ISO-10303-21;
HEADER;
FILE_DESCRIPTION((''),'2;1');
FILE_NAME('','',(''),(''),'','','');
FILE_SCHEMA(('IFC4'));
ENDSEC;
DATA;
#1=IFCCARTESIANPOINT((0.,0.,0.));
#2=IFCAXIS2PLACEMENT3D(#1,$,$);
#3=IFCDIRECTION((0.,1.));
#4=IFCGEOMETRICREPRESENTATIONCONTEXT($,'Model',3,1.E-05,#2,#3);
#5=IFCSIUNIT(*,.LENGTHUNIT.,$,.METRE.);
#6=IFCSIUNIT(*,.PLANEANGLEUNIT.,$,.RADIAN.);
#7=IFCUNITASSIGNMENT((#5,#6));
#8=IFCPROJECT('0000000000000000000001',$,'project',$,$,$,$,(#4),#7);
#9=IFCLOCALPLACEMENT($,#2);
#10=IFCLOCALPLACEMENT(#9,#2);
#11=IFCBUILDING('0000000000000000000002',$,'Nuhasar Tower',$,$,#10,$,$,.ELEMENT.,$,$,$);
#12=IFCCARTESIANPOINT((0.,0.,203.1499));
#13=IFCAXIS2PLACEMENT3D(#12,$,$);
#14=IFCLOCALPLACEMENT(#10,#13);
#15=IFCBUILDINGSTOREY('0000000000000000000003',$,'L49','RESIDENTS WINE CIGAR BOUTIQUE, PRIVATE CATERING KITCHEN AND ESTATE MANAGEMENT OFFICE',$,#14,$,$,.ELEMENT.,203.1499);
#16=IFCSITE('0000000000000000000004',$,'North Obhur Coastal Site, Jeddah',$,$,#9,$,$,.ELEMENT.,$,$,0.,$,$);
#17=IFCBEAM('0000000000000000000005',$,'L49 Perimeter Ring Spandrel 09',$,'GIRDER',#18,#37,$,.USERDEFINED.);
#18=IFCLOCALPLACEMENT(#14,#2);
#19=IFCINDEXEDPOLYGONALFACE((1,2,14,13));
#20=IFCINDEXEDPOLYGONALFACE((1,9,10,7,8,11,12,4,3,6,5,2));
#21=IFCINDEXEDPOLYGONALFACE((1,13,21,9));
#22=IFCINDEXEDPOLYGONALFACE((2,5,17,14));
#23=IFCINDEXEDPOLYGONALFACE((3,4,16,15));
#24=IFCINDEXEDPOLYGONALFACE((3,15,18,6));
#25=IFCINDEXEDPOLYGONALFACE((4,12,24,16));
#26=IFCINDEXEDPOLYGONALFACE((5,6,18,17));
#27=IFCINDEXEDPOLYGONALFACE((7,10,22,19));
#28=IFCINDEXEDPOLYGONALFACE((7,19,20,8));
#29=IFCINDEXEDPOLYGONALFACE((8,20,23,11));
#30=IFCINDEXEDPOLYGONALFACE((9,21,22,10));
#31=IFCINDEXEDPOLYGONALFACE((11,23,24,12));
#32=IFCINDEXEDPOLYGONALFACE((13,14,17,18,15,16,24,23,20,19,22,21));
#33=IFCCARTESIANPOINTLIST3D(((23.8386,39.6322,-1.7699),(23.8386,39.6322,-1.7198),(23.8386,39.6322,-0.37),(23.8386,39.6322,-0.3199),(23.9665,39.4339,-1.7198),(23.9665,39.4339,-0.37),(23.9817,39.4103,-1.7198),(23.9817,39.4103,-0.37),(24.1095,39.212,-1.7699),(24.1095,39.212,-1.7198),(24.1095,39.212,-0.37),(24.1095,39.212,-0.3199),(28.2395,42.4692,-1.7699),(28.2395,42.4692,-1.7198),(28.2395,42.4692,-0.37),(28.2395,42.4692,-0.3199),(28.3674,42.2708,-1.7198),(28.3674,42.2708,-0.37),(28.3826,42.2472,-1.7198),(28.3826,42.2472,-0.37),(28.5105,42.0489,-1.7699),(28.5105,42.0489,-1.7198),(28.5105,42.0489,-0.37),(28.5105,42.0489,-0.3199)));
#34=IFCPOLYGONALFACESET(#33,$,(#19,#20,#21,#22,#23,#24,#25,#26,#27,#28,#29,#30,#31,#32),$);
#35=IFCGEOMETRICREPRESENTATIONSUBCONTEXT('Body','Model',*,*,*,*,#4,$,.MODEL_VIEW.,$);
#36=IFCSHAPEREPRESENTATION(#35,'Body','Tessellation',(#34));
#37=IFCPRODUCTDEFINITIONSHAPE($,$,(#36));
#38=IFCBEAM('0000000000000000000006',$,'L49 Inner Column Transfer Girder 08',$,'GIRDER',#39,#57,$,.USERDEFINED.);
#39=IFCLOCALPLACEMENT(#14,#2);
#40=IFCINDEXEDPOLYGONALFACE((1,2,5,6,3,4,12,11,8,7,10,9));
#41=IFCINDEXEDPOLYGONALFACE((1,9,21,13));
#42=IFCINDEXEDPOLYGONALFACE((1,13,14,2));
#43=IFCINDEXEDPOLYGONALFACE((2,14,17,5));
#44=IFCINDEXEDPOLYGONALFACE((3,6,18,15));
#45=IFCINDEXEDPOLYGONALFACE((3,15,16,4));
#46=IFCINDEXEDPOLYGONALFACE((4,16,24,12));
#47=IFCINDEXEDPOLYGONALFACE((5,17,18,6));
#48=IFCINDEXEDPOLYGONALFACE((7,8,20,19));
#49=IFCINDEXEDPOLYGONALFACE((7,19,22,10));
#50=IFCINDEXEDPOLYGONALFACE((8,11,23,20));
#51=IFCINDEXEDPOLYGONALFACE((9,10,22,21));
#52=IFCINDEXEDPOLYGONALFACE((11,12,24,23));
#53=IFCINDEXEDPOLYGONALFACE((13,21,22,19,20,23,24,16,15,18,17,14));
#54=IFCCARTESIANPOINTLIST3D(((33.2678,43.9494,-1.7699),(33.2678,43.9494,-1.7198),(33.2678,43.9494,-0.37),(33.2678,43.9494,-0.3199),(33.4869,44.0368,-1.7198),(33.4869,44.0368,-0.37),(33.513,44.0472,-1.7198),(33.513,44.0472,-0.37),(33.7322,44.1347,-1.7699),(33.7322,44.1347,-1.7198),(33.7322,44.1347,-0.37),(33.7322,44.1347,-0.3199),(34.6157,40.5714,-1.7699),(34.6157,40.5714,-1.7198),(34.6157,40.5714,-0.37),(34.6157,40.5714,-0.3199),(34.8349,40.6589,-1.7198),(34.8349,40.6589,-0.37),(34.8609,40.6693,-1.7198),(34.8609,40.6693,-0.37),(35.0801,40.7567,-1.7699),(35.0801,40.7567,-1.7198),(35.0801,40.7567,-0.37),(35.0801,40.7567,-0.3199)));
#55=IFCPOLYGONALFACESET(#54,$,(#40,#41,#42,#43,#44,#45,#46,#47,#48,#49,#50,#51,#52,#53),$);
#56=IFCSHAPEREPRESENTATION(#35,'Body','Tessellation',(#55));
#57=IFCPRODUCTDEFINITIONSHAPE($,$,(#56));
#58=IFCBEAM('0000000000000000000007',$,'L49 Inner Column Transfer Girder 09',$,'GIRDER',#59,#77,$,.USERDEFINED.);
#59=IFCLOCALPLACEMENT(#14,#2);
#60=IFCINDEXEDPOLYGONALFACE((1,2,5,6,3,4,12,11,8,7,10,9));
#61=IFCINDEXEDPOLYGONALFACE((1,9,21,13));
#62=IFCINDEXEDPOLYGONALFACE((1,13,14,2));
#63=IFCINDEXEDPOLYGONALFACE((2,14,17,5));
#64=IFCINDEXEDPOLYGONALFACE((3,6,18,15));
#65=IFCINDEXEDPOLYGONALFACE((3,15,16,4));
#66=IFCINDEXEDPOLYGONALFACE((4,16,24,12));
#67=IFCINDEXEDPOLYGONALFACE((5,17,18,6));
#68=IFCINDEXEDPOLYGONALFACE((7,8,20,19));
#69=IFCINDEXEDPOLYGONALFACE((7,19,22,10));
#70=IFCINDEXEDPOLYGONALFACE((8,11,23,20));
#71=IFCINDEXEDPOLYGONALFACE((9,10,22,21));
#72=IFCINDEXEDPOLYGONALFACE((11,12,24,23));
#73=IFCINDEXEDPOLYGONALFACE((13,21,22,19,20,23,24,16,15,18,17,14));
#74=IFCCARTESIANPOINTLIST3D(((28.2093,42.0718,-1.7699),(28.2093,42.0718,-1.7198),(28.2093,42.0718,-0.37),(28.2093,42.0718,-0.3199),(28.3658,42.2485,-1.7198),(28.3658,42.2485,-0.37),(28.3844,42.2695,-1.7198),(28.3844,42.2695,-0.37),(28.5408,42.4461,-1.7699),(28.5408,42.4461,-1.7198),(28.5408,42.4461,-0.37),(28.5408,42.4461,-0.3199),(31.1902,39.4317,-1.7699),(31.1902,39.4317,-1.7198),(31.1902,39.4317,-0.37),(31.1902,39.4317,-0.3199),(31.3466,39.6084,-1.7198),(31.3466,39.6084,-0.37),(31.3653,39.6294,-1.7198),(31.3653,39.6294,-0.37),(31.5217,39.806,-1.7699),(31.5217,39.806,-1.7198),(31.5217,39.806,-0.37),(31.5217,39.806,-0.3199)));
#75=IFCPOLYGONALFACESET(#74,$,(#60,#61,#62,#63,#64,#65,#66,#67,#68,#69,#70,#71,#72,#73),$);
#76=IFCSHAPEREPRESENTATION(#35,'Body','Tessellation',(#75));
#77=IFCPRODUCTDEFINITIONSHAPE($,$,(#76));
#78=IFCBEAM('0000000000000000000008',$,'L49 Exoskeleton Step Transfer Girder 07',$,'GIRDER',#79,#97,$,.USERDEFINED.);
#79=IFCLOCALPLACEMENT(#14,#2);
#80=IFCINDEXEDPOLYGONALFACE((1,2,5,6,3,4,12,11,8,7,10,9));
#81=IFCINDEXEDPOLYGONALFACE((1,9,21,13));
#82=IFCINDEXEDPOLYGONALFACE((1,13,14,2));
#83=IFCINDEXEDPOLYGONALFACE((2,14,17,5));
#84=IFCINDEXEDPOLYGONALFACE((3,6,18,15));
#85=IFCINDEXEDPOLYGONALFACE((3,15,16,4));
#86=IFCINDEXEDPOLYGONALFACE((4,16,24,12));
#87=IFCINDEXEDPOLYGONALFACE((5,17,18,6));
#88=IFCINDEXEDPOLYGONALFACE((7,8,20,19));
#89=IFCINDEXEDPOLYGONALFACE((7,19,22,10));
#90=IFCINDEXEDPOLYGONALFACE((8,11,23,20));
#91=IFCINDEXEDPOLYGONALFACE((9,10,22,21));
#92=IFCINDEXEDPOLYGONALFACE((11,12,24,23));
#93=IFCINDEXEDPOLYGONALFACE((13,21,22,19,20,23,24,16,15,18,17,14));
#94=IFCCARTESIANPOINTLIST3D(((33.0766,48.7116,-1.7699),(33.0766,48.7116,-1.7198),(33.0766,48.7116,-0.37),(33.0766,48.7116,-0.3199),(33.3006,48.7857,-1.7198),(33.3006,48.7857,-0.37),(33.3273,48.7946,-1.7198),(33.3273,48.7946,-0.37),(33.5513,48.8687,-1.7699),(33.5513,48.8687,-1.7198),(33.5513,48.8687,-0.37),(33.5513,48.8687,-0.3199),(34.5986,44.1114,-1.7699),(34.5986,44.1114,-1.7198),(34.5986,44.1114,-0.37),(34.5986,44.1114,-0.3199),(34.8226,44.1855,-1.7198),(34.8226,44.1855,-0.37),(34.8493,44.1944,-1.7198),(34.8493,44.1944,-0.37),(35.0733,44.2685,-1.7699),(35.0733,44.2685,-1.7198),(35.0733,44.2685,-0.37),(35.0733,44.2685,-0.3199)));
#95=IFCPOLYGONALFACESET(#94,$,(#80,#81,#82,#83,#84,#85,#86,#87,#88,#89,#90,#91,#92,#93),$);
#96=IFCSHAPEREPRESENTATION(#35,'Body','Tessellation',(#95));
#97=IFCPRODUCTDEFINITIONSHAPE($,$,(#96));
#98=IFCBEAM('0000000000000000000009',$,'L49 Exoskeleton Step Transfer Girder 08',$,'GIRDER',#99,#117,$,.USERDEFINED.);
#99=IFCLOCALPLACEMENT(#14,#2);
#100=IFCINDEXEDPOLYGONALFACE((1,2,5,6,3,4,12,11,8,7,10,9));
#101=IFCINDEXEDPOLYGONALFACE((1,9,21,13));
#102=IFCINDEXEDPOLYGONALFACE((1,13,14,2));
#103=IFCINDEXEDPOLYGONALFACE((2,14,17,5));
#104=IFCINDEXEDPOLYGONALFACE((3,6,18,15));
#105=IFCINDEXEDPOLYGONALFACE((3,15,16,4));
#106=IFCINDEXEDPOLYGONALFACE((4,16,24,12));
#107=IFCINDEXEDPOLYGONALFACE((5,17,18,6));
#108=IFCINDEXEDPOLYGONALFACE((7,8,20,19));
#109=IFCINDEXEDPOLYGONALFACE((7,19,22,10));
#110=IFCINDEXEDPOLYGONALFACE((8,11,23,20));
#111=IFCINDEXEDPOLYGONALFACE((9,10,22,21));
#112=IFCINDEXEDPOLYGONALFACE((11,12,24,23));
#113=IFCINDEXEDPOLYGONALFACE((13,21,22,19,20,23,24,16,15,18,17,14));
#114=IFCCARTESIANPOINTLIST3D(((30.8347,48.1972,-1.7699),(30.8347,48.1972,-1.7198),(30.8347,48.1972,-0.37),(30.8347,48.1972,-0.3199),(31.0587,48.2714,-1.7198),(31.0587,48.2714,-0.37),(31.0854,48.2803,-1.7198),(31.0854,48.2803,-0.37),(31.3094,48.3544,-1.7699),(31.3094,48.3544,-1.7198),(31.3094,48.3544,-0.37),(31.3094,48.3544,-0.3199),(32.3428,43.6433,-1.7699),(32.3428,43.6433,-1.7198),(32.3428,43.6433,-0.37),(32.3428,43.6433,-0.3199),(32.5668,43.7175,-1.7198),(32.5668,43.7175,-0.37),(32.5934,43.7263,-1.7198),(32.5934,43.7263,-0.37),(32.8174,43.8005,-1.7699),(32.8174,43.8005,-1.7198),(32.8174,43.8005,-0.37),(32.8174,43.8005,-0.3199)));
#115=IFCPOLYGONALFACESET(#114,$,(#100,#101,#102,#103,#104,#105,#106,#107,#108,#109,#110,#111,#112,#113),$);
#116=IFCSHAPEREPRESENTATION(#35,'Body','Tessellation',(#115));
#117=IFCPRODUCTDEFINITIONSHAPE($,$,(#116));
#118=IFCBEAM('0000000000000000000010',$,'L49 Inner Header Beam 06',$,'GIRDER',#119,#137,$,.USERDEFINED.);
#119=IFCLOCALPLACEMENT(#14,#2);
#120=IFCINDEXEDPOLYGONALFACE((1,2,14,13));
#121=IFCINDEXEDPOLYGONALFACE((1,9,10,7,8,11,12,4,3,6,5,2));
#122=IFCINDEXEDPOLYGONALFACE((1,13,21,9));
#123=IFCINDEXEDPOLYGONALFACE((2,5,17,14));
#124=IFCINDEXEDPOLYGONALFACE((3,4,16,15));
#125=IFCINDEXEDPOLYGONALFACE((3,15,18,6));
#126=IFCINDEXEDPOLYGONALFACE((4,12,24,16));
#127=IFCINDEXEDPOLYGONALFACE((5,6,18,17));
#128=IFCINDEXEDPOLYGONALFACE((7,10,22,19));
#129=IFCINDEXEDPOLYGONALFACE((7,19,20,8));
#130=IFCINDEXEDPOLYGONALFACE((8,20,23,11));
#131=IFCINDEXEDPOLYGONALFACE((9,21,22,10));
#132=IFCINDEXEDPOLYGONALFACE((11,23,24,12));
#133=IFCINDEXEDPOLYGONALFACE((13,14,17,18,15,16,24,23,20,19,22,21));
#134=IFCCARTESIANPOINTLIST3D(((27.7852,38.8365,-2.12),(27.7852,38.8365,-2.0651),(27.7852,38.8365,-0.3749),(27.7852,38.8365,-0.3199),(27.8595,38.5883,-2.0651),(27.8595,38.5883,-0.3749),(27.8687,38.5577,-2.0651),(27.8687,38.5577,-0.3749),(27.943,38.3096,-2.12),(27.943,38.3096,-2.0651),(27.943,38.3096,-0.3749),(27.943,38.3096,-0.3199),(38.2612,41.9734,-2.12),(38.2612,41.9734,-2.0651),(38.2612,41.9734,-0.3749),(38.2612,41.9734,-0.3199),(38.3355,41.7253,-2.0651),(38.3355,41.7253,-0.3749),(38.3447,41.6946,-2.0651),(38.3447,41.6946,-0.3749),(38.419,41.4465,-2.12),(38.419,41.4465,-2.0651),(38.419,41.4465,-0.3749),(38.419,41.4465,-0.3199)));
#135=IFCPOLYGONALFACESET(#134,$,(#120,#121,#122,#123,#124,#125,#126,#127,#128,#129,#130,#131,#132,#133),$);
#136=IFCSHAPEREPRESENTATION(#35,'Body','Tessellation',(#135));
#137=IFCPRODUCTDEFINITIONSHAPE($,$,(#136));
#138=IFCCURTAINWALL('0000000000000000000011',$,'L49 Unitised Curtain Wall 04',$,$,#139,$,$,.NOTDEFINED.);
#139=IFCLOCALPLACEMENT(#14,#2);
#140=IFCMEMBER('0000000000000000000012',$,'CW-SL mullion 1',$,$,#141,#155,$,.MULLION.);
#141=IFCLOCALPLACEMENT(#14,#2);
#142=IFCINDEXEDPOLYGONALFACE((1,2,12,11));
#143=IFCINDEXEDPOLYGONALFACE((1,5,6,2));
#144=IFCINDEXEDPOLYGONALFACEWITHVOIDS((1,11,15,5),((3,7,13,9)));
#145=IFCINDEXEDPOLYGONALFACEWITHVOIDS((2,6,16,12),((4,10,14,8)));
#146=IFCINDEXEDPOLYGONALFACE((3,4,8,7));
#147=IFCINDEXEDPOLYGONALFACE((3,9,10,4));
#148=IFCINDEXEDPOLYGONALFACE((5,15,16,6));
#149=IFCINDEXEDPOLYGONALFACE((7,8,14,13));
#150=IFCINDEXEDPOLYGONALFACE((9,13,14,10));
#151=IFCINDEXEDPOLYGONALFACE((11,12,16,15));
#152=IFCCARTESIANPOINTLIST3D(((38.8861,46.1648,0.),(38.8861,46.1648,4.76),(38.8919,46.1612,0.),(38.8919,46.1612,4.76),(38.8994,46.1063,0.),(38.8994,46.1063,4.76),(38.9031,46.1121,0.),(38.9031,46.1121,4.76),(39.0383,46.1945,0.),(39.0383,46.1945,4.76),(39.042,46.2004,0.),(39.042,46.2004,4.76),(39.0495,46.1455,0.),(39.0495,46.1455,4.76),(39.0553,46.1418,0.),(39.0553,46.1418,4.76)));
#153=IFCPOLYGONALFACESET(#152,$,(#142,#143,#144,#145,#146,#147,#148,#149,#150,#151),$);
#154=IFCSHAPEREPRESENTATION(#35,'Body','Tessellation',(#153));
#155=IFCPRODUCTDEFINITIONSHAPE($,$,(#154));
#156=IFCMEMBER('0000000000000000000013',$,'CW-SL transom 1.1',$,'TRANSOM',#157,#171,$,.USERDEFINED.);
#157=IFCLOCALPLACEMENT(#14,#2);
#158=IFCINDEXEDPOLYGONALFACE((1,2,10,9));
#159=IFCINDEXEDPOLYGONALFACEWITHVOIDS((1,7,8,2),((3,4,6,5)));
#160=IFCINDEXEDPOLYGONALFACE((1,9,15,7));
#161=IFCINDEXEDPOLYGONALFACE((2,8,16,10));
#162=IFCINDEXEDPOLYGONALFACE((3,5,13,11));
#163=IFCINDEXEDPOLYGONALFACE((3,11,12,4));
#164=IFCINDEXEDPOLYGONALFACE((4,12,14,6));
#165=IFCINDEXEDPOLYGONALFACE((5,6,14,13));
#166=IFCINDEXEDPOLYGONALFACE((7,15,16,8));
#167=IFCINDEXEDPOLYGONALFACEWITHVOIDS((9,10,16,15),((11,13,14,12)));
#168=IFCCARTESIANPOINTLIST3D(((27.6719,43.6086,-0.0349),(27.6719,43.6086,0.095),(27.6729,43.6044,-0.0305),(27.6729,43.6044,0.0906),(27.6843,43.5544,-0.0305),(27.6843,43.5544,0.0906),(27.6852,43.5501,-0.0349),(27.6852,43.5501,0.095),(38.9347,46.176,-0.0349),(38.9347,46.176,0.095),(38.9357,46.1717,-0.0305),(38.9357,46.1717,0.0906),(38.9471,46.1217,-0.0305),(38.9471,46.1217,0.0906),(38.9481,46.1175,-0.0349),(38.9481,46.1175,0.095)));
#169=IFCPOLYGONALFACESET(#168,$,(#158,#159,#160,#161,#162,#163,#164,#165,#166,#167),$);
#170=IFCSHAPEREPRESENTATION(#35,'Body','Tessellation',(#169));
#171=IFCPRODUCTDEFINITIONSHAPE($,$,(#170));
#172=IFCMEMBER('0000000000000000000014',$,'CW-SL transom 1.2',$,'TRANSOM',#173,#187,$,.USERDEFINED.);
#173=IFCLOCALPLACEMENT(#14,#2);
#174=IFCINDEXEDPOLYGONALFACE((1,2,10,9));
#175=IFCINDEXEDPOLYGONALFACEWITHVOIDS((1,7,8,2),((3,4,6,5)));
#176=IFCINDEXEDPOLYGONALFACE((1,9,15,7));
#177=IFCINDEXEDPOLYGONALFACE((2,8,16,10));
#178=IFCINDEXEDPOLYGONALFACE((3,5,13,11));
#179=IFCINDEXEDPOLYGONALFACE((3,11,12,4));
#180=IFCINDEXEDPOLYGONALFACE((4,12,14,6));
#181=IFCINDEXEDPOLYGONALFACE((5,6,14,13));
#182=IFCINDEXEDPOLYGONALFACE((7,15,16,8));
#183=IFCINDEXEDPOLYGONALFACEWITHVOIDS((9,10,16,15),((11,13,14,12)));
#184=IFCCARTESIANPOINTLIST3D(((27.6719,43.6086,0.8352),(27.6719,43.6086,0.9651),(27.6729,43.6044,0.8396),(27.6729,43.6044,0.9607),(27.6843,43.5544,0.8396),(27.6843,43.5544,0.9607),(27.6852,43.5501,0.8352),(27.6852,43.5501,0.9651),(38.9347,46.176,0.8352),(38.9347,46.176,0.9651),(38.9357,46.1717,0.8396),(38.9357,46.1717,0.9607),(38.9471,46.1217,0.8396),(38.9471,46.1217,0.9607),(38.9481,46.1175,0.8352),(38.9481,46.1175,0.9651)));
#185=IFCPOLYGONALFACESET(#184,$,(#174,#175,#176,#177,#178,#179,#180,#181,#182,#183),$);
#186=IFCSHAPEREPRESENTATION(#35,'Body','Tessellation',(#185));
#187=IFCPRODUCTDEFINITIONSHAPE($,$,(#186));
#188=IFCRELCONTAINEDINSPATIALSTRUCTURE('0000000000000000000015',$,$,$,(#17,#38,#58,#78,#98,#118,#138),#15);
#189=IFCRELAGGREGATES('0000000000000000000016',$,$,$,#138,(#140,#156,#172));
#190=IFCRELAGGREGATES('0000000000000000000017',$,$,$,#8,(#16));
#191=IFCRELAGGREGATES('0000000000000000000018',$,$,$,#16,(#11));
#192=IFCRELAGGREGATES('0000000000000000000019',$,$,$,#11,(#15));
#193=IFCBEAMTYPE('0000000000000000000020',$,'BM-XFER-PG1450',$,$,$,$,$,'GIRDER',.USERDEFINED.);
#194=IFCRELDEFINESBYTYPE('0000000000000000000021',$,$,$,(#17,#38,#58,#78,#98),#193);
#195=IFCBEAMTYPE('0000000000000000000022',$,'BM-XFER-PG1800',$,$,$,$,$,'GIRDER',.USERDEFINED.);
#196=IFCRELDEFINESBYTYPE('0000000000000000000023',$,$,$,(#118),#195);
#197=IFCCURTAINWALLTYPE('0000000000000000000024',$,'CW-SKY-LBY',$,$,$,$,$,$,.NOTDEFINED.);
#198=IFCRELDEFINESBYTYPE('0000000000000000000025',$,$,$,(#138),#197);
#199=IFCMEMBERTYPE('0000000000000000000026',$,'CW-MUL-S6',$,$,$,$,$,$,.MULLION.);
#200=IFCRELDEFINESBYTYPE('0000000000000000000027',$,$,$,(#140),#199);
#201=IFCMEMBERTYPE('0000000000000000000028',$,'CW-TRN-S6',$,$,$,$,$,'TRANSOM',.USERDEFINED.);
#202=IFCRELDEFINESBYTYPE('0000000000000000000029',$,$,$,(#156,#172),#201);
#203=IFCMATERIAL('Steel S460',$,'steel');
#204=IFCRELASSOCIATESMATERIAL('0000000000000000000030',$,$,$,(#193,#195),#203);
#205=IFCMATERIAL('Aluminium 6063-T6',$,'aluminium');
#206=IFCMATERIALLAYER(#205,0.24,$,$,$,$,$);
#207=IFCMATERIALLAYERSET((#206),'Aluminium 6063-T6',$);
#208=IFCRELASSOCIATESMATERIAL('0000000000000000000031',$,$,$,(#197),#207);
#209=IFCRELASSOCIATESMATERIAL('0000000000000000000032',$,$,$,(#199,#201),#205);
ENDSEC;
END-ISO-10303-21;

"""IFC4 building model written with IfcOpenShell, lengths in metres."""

from ifc_helpers import new_model, si_unit, direction, frame, origin, origin_2d, place, context, subcontext, project, spatial, hollow_rectangle, i_section, extrude, material, layer, layer_set, material_profile, profile_set, type_object, element, aggregate, save


model = new_model("IFC4")

# Units and contexts
model_context = context("Model", 3, precision=1e-05, world=origin(), true_north=direction((0.0, 1.0)))
body_context = subcontext(model_context, "Body", "Model", "MODEL_VIEW")
ifc_project = project(units=[si_unit("LENGTHUNIT", "METRE"), si_unit("PLANEANGLEUNIT", "RADIAN")], contexts=[model_context])

# Site, building, storey
site_placement = place(None, origin())
site = spatial("IfcSite", under=ifc_project, at=site_placement, Name="North Obhur Coastal Site, Jeddah", CompositionType="ELEMENT", RefElevation=0.0)
building_placement = place(site_placement, origin())
building = spatial("IfcBuilding", under=site, at=building_placement, Name="Nuhasar Tower", CompositionType="ELEMENT")
storey_placement = place(building_placement, frame((0.0, 0.0, 203.1499)))
storey = spatial("IfcBuildingStorey", under=building, at=storey_placement, Name="L49", Description="RESIDENTS WINE CIGAR BOUTIQUE, PRIVATE CATERING KITCHEN AND ESTATE MANAGEMENT OFFICE", CompositionType="ELEMENT", Elevation=203.1499)

# Beams
ifc_material_1 = material(Name="Steel S460", Category="steel")
ifc_material_profile_1 = material_profile(ifc_material_1, i_section(OverallWidth=0.5, OverallDepth=1.45, WebThickness=0.0281, FlangeThickness=0.05, at=origin_2d()), Name="PG1450X500")
ifc_profile_set_1 = profile_set([ifc_material_profile_1], Name="Steel S460")
beam_type_1 = type_object("IfcBeamType", Name="BM-XFER-PG1450", ElementType="GIRDER", PredefinedType="USERDEFINED", material=ifc_profile_set_1)
beam_1_placement = place(storey_placement, frame((28.375, 42.259, -1.0449), z_axis=(-0.840502, -0.541808, 0.0), x_axis=(0.541808, -0.840502, 0.0)))
element("IfcBeam", 1, at=beam_1_placement, inside=storey, type_object=beam_type_1, Name="L49 Perimeter Ring Spandrel 09", ObjectType="GIRDER", PredefinedType="USERDEFINED", context=body_context, shape_type="SweptSolid", body=[
    extrude(i_section(OverallWidth=0.5, OverallDepth=1.45, WebThickness=0.0281, FlangeThickness=0.05, at=origin_2d()), origin(), (0.0, 0.0, 1.0), 5.2361),
])
beam_2_placement = place(storey_placement, frame((34.8479, 40.6641, -1.0449), z_axis=(-0.370615, 0.928787, 0.0), x_axis=(-0.928787, -0.370615, 0.0)))
element("IfcBeam", 2, at=beam_2_placement, inside=storey, type_object=beam_type_1, Name="L49 Inner Column Transfer Girder 08", ObjectType="GIRDER", PredefinedType="USERDEFINED", context=body_context, shape_type="SweptSolid", body=[
    extrude(i_section(OverallWidth=0.5, OverallDepth=1.45, WebThickness=0.0281, FlangeThickness=0.05, at=origin_2d()), origin(), (0.0, 0.0, 1.0), 3.637),
])
beam_3_placement = place(storey_placement, frame((31.356, 39.6189, -1.0449), z_axis=(-0.748606, 0.663016, 0.0), x_axis=(-0.663016, -0.748606, 0.0)))
element("IfcBeam", 3, at=beam_3_placement, inside=storey, type_object=beam_type_1, Name="L49 Inner Column Transfer Girder 09", ObjectType="GIRDER", PredefinedType="USERDEFINED", context=body_context, shape_type="SweptSolid", body=[
    extrude(i_section(OverallWidth=0.5, OverallDepth=1.45, WebThickness=0.0281, FlangeThickness=0.05, at=origin_2d()), origin(), (0.0, 0.0, 1.0), 3.9819),
])
beam_4_placement = place(storey_placement, frame((34.8359, 44.1899, -1.0449), z_axis=(-0.314111, 0.949386, 0.0), x_axis=(-0.949386, -0.314111, 0.0)))
element("IfcBeam", 4, at=beam_4_placement, inside=storey, type_object=beam_type_1, Name="L49 Exoskeleton Step Transfer Girder 07", ObjectType="GIRDER", PredefinedType="USERDEFINED", context=body_context, shape_type="SweptSolid", body=[
    extrude(i_section(OverallWidth=0.5, OverallDepth=1.45, WebThickness=0.0281, FlangeThickness=0.05, at=origin_2d()), origin(), (0.0, 0.0, 1.0), 4.8455),
])
beam_5_placement = place(storey_placement, frame((32.5801, 43.7219, -1.0449), z_axis=(-0.314364, 0.949302, 0.0), x_axis=(-0.949302, -0.314364, 0.0)))
element("IfcBeam", 5, at=beam_5_placement, inside=storey, type_object=beam_type_1, Name="L49 Exoskeleton Step Transfer Girder 08", ObjectType="GIRDER", PredefinedType="USERDEFINED", context=body_context, shape_type="SweptSolid", body=[
    extrude(i_section(OverallWidth=0.5, OverallDepth=1.45, WebThickness=0.0281, FlangeThickness=0.05, at=origin_2d()), origin(), (0.0, 0.0, 1.0), 4.7971),
])
ifc_material_profile_2 = material_profile(ifc_material_1, i_section(OverallWidth=0.55, OverallDepth=1.8, WebThickness=0.032, FlangeThickness=0.0549, at=origin_2d()), Name="PG1800X550")
ifc_profile_set_2 = profile_set([ifc_material_profile_2], Name="Steel S460")
beam_type_2 = type_object("IfcBeamType", Name="BM-XFER-PG1800", ElementType="GIRDER", PredefinedType="USERDEFINED", material=ifc_profile_set_2)
beam_6_placement = place(storey_placement, frame((38.3401, 41.71, -1.22), z_axis=(-0.957974, -0.286856, 0.0), x_axis=(0.286856, -0.957974, 0.0)))
element("IfcBeam", 6, at=beam_6_placement, inside=storey, type_object=beam_type_2, Name="L49 Inner Header Beam 06", ObjectType="GIRDER", PredefinedType="USERDEFINED", context=body_context, shape_type="SweptSolid", body=[
    extrude(i_section(OverallWidth=0.55, OverallDepth=1.8, WebThickness=0.032, FlangeThickness=0.0549, at=origin_2d()), origin(), (0.0, 0.0, 1.0), 10.9355),
])

# Curtain wall, members
ifc_material_2 = material(Name="Aluminium 6063-T6", Category="aluminium")
ifc_layer_1 = layer(ifc_material_2, 0.24)
ifc_layer_set_1 = layer_set([ifc_layer_1], Name="Aluminium 6063-T6")
curtain_wall_type = type_object("IfcCurtainWallType", Name="CW-SKY-LBY", PredefinedType="NOTDEFINED", material=ifc_layer_set_1)
curtain_wall_placement = place(storey_placement, origin())
curtain_wall = element("IfcCurtainWall", 7, at=curtain_wall_placement, inside=storey, type_object=curtain_wall_type, Name="L49 Unitised Curtain Wall 04", PredefinedType="NOTDEFINED")
ifc_material_profile_3 = material_profile(ifc_material_2, hollow_rectangle(XDim=0.0601, YDim=0.1599, WallThickness=0.0049, at=origin_2d()), Name="CWM-6")
ifc_profile_set_3 = profile_set([ifc_material_profile_3], Name="Aluminium 6063-T6")
member_type_1 = type_object("IfcMemberType", Name="CW-MUL-S6", PredefinedType="MULLION", material=ifc_profile_set_3)
member_1_placement = place(storey_placement, frame((38.9707, 46.1533, 0.0), z_axis=(0.0, 0.0, 1.0), x_axis=(0.222243, -0.974991, 0.0)))
member_1 = element("IfcMember", 8, at=member_1_placement, type_object=member_type_1, Name="CW-SL mullion 1", PredefinedType="MULLION", context=body_context, shape_type="SweptSolid", body=[
    extrude(hollow_rectangle(XDim=0.0601, YDim=0.1599, WallThickness=0.0049, at=origin_2d()), origin(), (0.0, 0.0, 1.0), 4.76),
])
ifc_material_profile_4 = material_profile(ifc_material_2, hollow_rectangle(XDim=0.0601, YDim=0.1299, WallThickness=0.0044, at=origin_2d()), Name="CWT-6")
ifc_profile_set_4 = profile_set([ifc_material_profile_4], Name="Aluminium 6063-T6")
member_type_2 = type_object("IfcMemberType", Name="CW-TRN-S6", ElementType="TRANSOM", PredefinedType="USERDEFINED", material=ifc_profile_set_4)
member_2_placement = place(storey_placement, frame((38.9414, 46.1467, 0.03), z_axis=(-0.97499, -0.222249, 0.0), x_axis=(0.222249, -0.97499, 0.0)))
member_2 = element("IfcMember", 9, at=member_2_placement, type_object=member_type_2, Name="CW-SL transom 1.1", ObjectType="TRANSOM", PredefinedType="USERDEFINED", context=body_context, shape_type="SweptSolid", body=[
    extrude(hollow_rectangle(XDim=0.0601, YDim=0.1299, WallThickness=0.0044, at=origin_2d()), origin(), (0.0, 0.0, 1.0), 11.5518),
])
member_3_placement = place(storey_placement, frame((38.9414, 46.1467, 0.9001), z_axis=(-0.97499, -0.222249, 0.0), x_axis=(0.222249, -0.97499, 0.0)))
member_3 = element("IfcMember", 10, at=member_3_placement, type_object=member_type_2, Name="CW-SL transom 1.2", ObjectType="TRANSOM", PredefinedType="USERDEFINED", context=body_context, shape_type="SweptSolid", body=[
    extrude(hollow_rectangle(XDim=0.0601, YDim=0.1299, WallThickness=0.0044, at=origin_2d()), origin(), (0.0, 0.0, 1.0), 11.5518),
])

aggregate(curtain_wall, [member_1, member_2, member_3])

save(model, "model.ifc")
